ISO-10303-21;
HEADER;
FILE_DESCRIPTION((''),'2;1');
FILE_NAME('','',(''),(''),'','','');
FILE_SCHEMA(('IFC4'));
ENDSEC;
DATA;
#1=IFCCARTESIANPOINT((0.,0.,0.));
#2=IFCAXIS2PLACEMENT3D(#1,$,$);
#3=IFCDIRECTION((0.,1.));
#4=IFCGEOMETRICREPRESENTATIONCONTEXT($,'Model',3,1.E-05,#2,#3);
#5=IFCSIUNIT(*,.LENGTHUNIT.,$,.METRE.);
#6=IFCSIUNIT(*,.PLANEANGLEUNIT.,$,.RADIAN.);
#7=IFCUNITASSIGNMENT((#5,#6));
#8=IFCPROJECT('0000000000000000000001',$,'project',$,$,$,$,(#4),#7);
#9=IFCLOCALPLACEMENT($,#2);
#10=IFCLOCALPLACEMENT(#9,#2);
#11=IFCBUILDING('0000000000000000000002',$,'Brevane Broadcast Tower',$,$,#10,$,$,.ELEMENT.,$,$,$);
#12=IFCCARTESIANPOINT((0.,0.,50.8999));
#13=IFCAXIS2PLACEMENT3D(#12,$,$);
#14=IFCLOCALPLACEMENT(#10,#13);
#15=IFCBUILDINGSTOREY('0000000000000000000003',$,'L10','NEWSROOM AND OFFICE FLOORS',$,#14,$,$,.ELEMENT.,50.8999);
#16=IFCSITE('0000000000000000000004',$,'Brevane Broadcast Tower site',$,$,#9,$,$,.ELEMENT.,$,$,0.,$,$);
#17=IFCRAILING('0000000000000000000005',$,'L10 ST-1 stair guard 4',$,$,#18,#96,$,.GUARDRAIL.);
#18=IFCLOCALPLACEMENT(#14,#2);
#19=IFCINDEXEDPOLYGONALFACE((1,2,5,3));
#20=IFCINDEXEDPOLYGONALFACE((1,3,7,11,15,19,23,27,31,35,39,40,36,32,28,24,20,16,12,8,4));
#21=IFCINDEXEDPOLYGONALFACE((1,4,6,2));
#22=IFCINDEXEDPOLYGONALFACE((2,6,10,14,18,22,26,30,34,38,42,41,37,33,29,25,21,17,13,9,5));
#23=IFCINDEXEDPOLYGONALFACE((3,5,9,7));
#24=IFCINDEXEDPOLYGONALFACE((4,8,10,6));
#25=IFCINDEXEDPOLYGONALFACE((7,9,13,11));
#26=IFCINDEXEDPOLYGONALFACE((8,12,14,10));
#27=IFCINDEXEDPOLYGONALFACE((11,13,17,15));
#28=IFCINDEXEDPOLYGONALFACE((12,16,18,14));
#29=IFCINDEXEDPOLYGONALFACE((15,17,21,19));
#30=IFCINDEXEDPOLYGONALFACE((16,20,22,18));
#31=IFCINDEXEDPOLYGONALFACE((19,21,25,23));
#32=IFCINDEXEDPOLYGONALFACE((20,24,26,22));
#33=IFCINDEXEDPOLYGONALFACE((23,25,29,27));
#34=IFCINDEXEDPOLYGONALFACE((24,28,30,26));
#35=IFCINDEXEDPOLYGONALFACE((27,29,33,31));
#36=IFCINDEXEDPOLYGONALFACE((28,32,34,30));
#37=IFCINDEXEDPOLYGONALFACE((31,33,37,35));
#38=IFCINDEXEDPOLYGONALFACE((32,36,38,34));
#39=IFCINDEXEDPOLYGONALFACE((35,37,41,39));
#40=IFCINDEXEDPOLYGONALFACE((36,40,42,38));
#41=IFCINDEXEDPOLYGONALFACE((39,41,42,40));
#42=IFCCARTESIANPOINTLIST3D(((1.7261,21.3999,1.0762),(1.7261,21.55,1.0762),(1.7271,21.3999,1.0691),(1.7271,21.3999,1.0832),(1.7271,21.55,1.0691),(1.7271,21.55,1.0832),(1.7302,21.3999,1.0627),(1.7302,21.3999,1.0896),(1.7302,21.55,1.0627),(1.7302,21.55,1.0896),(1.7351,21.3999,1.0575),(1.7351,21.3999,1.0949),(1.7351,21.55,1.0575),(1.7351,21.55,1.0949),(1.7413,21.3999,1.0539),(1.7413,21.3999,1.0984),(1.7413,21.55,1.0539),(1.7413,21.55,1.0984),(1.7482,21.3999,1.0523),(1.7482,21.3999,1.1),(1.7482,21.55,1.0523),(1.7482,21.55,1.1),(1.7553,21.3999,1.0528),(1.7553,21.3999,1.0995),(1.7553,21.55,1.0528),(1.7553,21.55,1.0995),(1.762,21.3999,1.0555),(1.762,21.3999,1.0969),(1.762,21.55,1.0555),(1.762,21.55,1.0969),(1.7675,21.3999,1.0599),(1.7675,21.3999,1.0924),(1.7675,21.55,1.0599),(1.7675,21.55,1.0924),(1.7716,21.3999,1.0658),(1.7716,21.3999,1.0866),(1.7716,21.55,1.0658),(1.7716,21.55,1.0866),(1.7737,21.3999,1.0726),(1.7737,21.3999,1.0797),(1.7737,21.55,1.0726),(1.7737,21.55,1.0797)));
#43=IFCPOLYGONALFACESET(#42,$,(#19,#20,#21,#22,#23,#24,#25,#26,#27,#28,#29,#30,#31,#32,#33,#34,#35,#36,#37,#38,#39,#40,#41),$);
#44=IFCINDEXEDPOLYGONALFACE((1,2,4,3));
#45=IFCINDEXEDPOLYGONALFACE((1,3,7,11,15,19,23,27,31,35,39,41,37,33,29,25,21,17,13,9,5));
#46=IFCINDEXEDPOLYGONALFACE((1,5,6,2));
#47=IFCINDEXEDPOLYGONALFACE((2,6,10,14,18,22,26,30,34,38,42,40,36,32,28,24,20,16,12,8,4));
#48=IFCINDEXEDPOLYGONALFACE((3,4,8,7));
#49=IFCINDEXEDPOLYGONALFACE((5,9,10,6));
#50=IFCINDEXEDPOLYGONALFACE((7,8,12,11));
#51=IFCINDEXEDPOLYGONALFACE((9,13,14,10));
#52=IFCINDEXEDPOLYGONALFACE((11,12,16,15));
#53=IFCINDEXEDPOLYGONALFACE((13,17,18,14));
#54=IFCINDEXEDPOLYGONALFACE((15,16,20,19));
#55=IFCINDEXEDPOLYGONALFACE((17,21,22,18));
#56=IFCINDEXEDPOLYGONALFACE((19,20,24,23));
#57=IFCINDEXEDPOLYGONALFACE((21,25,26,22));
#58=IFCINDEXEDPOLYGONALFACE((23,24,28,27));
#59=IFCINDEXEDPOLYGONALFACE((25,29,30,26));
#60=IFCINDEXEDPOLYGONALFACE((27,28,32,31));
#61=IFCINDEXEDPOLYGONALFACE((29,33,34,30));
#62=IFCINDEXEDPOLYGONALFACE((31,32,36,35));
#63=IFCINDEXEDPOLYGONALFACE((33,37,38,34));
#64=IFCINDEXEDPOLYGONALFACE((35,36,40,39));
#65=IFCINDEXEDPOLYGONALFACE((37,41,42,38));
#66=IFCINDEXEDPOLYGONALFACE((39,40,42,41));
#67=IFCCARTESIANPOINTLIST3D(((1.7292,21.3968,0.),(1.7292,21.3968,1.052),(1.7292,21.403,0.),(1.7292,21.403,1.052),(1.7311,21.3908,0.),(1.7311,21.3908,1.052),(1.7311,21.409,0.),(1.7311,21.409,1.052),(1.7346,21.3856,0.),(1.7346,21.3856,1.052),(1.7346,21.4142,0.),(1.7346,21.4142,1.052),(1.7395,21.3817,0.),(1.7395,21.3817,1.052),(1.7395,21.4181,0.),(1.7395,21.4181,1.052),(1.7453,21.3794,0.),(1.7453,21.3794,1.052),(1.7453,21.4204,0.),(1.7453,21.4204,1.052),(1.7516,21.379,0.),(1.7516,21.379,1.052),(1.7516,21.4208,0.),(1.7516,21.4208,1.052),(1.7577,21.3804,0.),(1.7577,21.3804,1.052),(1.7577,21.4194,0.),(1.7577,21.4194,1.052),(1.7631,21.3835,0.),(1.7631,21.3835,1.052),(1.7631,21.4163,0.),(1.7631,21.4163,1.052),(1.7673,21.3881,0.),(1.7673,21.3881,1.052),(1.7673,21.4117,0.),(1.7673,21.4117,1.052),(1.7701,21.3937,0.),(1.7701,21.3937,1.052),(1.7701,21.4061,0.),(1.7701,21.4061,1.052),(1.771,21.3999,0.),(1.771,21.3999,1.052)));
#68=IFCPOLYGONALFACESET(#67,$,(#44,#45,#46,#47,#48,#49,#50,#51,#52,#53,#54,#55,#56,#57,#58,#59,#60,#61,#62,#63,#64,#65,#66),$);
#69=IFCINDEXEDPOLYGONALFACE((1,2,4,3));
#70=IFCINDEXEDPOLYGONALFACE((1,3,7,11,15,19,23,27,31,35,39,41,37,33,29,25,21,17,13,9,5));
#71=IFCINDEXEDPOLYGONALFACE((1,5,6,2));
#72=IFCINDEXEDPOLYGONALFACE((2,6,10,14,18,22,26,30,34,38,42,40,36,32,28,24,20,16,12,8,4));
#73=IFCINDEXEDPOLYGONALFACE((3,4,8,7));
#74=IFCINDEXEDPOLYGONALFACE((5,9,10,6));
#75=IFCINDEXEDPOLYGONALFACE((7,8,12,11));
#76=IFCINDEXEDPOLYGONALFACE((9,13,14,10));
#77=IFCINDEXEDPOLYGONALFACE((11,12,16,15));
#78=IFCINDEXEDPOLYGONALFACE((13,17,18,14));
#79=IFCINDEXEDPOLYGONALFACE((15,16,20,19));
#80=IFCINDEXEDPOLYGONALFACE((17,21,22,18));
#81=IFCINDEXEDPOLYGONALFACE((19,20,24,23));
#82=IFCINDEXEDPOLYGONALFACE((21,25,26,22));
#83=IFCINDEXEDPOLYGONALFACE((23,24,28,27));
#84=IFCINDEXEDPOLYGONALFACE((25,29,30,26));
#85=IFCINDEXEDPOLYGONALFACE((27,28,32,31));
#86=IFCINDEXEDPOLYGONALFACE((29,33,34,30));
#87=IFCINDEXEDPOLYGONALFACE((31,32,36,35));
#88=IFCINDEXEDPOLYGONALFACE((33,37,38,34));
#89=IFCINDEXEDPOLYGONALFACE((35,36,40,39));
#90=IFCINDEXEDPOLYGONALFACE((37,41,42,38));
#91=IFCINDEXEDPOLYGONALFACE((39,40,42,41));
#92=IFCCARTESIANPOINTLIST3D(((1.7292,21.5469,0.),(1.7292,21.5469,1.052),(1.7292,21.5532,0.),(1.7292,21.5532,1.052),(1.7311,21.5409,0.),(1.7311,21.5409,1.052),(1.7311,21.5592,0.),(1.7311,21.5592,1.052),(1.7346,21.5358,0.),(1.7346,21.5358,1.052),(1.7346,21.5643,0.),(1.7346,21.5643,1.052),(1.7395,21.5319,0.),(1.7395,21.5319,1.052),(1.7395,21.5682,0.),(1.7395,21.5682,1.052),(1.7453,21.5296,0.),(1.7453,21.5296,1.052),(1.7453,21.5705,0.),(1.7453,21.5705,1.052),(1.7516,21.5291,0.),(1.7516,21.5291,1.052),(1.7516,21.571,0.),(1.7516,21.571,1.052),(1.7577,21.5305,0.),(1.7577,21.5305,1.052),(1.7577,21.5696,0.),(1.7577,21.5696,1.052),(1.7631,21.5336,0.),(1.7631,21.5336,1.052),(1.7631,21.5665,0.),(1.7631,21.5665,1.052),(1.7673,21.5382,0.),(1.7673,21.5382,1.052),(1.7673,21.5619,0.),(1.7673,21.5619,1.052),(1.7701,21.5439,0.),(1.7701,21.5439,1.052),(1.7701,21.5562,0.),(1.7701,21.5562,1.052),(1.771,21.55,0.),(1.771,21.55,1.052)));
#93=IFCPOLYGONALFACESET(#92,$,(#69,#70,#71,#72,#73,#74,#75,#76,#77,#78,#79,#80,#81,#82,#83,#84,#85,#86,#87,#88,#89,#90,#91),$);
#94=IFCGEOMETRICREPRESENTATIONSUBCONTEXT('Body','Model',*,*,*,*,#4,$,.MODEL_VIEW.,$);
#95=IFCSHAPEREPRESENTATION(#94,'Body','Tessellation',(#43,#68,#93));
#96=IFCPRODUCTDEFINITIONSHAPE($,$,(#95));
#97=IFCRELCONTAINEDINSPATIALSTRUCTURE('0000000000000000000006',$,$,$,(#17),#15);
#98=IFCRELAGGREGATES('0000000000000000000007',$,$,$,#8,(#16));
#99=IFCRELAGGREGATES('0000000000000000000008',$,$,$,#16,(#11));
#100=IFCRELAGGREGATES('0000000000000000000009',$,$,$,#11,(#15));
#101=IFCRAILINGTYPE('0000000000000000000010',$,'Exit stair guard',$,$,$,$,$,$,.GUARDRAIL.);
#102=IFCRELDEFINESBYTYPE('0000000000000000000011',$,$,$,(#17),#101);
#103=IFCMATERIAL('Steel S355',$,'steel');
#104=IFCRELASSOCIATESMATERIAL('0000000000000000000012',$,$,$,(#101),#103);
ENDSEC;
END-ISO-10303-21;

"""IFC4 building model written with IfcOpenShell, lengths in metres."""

from ifc_helpers import new_model, si_unit, direction, frame, origin, origin_2d, place, context, subcontext, project, spatial, circle, extrude, material, type_object, element, save


model = new_model("IFC4")

# Units and contexts
model_context = context("Model", 3, precision=1e-05, world=origin(), true_north=direction((0.0, 1.0)))
body_context = subcontext(model_context, "Body", "Model", "MODEL_VIEW")
ifc_project = project(units=[si_unit("LENGTHUNIT", "METRE"), si_unit("PLANEANGLEUNIT", "RADIAN")], contexts=[model_context])

# Site, building, storey
site_placement = place(None, origin())
site = spatial("IfcSite", under=ifc_project, at=site_placement, Name="Brevane Broadcast Tower site", CompositionType="ELEMENT", RefElevation=0.0)
building_placement = place(site_placement, origin())
building = spatial("IfcBuilding", under=site, at=building_placement, Name="Brevane Broadcast Tower", CompositionType="ELEMENT")
storey_placement = place(building_placement, frame((0.0, 0.0, 50.8999)))
storey = spatial("IfcBuildingStorey", under=building, at=storey_placement, Name="L10", Description="NEWSROOM AND OFFICE FLOORS", CompositionType="ELEMENT", Elevation=50.8999)

# Railing
ifc_material_1 = material(Name="Steel S355", Category="steel")
railing_type_1 = type_object("IfcRailingType", Name="Exit stair guard", PredefinedType="GUARDRAIL", material=ifc_material_1)
railing_1_placement = place(storey_placement, frame((1.75, 21.3999, 0.0)))
element("IfcRailing", 1, at=railing_1_placement, inside=storey, type_object=railing_type_1, Name="L10 ST-1 stair guard 4", PredefinedType="GUARDRAIL", context=body_context, shape_type="SweptSolid", body=[
    extrude(circle(Radius=0.0239, at=origin_2d()), frame((0.0, 0.0, 1.0762), z_axis=(0.0, 1.0, 0.0), x_axis=(-1.0, 0.0, 0.0)), (0.0, 0.0, 1.0), 0.1501),
    extrude(circle(Radius=0.021, at=origin_2d()), origin(), (0.0, 0.0, 1.0), 1.052),
    extrude(circle(Radius=0.021, at=origin_2d()), frame((0.0, 0.1501, 0.0)), (0.0, 0.0, 1.0), 1.052),
])

save(model, "model.ifc")
